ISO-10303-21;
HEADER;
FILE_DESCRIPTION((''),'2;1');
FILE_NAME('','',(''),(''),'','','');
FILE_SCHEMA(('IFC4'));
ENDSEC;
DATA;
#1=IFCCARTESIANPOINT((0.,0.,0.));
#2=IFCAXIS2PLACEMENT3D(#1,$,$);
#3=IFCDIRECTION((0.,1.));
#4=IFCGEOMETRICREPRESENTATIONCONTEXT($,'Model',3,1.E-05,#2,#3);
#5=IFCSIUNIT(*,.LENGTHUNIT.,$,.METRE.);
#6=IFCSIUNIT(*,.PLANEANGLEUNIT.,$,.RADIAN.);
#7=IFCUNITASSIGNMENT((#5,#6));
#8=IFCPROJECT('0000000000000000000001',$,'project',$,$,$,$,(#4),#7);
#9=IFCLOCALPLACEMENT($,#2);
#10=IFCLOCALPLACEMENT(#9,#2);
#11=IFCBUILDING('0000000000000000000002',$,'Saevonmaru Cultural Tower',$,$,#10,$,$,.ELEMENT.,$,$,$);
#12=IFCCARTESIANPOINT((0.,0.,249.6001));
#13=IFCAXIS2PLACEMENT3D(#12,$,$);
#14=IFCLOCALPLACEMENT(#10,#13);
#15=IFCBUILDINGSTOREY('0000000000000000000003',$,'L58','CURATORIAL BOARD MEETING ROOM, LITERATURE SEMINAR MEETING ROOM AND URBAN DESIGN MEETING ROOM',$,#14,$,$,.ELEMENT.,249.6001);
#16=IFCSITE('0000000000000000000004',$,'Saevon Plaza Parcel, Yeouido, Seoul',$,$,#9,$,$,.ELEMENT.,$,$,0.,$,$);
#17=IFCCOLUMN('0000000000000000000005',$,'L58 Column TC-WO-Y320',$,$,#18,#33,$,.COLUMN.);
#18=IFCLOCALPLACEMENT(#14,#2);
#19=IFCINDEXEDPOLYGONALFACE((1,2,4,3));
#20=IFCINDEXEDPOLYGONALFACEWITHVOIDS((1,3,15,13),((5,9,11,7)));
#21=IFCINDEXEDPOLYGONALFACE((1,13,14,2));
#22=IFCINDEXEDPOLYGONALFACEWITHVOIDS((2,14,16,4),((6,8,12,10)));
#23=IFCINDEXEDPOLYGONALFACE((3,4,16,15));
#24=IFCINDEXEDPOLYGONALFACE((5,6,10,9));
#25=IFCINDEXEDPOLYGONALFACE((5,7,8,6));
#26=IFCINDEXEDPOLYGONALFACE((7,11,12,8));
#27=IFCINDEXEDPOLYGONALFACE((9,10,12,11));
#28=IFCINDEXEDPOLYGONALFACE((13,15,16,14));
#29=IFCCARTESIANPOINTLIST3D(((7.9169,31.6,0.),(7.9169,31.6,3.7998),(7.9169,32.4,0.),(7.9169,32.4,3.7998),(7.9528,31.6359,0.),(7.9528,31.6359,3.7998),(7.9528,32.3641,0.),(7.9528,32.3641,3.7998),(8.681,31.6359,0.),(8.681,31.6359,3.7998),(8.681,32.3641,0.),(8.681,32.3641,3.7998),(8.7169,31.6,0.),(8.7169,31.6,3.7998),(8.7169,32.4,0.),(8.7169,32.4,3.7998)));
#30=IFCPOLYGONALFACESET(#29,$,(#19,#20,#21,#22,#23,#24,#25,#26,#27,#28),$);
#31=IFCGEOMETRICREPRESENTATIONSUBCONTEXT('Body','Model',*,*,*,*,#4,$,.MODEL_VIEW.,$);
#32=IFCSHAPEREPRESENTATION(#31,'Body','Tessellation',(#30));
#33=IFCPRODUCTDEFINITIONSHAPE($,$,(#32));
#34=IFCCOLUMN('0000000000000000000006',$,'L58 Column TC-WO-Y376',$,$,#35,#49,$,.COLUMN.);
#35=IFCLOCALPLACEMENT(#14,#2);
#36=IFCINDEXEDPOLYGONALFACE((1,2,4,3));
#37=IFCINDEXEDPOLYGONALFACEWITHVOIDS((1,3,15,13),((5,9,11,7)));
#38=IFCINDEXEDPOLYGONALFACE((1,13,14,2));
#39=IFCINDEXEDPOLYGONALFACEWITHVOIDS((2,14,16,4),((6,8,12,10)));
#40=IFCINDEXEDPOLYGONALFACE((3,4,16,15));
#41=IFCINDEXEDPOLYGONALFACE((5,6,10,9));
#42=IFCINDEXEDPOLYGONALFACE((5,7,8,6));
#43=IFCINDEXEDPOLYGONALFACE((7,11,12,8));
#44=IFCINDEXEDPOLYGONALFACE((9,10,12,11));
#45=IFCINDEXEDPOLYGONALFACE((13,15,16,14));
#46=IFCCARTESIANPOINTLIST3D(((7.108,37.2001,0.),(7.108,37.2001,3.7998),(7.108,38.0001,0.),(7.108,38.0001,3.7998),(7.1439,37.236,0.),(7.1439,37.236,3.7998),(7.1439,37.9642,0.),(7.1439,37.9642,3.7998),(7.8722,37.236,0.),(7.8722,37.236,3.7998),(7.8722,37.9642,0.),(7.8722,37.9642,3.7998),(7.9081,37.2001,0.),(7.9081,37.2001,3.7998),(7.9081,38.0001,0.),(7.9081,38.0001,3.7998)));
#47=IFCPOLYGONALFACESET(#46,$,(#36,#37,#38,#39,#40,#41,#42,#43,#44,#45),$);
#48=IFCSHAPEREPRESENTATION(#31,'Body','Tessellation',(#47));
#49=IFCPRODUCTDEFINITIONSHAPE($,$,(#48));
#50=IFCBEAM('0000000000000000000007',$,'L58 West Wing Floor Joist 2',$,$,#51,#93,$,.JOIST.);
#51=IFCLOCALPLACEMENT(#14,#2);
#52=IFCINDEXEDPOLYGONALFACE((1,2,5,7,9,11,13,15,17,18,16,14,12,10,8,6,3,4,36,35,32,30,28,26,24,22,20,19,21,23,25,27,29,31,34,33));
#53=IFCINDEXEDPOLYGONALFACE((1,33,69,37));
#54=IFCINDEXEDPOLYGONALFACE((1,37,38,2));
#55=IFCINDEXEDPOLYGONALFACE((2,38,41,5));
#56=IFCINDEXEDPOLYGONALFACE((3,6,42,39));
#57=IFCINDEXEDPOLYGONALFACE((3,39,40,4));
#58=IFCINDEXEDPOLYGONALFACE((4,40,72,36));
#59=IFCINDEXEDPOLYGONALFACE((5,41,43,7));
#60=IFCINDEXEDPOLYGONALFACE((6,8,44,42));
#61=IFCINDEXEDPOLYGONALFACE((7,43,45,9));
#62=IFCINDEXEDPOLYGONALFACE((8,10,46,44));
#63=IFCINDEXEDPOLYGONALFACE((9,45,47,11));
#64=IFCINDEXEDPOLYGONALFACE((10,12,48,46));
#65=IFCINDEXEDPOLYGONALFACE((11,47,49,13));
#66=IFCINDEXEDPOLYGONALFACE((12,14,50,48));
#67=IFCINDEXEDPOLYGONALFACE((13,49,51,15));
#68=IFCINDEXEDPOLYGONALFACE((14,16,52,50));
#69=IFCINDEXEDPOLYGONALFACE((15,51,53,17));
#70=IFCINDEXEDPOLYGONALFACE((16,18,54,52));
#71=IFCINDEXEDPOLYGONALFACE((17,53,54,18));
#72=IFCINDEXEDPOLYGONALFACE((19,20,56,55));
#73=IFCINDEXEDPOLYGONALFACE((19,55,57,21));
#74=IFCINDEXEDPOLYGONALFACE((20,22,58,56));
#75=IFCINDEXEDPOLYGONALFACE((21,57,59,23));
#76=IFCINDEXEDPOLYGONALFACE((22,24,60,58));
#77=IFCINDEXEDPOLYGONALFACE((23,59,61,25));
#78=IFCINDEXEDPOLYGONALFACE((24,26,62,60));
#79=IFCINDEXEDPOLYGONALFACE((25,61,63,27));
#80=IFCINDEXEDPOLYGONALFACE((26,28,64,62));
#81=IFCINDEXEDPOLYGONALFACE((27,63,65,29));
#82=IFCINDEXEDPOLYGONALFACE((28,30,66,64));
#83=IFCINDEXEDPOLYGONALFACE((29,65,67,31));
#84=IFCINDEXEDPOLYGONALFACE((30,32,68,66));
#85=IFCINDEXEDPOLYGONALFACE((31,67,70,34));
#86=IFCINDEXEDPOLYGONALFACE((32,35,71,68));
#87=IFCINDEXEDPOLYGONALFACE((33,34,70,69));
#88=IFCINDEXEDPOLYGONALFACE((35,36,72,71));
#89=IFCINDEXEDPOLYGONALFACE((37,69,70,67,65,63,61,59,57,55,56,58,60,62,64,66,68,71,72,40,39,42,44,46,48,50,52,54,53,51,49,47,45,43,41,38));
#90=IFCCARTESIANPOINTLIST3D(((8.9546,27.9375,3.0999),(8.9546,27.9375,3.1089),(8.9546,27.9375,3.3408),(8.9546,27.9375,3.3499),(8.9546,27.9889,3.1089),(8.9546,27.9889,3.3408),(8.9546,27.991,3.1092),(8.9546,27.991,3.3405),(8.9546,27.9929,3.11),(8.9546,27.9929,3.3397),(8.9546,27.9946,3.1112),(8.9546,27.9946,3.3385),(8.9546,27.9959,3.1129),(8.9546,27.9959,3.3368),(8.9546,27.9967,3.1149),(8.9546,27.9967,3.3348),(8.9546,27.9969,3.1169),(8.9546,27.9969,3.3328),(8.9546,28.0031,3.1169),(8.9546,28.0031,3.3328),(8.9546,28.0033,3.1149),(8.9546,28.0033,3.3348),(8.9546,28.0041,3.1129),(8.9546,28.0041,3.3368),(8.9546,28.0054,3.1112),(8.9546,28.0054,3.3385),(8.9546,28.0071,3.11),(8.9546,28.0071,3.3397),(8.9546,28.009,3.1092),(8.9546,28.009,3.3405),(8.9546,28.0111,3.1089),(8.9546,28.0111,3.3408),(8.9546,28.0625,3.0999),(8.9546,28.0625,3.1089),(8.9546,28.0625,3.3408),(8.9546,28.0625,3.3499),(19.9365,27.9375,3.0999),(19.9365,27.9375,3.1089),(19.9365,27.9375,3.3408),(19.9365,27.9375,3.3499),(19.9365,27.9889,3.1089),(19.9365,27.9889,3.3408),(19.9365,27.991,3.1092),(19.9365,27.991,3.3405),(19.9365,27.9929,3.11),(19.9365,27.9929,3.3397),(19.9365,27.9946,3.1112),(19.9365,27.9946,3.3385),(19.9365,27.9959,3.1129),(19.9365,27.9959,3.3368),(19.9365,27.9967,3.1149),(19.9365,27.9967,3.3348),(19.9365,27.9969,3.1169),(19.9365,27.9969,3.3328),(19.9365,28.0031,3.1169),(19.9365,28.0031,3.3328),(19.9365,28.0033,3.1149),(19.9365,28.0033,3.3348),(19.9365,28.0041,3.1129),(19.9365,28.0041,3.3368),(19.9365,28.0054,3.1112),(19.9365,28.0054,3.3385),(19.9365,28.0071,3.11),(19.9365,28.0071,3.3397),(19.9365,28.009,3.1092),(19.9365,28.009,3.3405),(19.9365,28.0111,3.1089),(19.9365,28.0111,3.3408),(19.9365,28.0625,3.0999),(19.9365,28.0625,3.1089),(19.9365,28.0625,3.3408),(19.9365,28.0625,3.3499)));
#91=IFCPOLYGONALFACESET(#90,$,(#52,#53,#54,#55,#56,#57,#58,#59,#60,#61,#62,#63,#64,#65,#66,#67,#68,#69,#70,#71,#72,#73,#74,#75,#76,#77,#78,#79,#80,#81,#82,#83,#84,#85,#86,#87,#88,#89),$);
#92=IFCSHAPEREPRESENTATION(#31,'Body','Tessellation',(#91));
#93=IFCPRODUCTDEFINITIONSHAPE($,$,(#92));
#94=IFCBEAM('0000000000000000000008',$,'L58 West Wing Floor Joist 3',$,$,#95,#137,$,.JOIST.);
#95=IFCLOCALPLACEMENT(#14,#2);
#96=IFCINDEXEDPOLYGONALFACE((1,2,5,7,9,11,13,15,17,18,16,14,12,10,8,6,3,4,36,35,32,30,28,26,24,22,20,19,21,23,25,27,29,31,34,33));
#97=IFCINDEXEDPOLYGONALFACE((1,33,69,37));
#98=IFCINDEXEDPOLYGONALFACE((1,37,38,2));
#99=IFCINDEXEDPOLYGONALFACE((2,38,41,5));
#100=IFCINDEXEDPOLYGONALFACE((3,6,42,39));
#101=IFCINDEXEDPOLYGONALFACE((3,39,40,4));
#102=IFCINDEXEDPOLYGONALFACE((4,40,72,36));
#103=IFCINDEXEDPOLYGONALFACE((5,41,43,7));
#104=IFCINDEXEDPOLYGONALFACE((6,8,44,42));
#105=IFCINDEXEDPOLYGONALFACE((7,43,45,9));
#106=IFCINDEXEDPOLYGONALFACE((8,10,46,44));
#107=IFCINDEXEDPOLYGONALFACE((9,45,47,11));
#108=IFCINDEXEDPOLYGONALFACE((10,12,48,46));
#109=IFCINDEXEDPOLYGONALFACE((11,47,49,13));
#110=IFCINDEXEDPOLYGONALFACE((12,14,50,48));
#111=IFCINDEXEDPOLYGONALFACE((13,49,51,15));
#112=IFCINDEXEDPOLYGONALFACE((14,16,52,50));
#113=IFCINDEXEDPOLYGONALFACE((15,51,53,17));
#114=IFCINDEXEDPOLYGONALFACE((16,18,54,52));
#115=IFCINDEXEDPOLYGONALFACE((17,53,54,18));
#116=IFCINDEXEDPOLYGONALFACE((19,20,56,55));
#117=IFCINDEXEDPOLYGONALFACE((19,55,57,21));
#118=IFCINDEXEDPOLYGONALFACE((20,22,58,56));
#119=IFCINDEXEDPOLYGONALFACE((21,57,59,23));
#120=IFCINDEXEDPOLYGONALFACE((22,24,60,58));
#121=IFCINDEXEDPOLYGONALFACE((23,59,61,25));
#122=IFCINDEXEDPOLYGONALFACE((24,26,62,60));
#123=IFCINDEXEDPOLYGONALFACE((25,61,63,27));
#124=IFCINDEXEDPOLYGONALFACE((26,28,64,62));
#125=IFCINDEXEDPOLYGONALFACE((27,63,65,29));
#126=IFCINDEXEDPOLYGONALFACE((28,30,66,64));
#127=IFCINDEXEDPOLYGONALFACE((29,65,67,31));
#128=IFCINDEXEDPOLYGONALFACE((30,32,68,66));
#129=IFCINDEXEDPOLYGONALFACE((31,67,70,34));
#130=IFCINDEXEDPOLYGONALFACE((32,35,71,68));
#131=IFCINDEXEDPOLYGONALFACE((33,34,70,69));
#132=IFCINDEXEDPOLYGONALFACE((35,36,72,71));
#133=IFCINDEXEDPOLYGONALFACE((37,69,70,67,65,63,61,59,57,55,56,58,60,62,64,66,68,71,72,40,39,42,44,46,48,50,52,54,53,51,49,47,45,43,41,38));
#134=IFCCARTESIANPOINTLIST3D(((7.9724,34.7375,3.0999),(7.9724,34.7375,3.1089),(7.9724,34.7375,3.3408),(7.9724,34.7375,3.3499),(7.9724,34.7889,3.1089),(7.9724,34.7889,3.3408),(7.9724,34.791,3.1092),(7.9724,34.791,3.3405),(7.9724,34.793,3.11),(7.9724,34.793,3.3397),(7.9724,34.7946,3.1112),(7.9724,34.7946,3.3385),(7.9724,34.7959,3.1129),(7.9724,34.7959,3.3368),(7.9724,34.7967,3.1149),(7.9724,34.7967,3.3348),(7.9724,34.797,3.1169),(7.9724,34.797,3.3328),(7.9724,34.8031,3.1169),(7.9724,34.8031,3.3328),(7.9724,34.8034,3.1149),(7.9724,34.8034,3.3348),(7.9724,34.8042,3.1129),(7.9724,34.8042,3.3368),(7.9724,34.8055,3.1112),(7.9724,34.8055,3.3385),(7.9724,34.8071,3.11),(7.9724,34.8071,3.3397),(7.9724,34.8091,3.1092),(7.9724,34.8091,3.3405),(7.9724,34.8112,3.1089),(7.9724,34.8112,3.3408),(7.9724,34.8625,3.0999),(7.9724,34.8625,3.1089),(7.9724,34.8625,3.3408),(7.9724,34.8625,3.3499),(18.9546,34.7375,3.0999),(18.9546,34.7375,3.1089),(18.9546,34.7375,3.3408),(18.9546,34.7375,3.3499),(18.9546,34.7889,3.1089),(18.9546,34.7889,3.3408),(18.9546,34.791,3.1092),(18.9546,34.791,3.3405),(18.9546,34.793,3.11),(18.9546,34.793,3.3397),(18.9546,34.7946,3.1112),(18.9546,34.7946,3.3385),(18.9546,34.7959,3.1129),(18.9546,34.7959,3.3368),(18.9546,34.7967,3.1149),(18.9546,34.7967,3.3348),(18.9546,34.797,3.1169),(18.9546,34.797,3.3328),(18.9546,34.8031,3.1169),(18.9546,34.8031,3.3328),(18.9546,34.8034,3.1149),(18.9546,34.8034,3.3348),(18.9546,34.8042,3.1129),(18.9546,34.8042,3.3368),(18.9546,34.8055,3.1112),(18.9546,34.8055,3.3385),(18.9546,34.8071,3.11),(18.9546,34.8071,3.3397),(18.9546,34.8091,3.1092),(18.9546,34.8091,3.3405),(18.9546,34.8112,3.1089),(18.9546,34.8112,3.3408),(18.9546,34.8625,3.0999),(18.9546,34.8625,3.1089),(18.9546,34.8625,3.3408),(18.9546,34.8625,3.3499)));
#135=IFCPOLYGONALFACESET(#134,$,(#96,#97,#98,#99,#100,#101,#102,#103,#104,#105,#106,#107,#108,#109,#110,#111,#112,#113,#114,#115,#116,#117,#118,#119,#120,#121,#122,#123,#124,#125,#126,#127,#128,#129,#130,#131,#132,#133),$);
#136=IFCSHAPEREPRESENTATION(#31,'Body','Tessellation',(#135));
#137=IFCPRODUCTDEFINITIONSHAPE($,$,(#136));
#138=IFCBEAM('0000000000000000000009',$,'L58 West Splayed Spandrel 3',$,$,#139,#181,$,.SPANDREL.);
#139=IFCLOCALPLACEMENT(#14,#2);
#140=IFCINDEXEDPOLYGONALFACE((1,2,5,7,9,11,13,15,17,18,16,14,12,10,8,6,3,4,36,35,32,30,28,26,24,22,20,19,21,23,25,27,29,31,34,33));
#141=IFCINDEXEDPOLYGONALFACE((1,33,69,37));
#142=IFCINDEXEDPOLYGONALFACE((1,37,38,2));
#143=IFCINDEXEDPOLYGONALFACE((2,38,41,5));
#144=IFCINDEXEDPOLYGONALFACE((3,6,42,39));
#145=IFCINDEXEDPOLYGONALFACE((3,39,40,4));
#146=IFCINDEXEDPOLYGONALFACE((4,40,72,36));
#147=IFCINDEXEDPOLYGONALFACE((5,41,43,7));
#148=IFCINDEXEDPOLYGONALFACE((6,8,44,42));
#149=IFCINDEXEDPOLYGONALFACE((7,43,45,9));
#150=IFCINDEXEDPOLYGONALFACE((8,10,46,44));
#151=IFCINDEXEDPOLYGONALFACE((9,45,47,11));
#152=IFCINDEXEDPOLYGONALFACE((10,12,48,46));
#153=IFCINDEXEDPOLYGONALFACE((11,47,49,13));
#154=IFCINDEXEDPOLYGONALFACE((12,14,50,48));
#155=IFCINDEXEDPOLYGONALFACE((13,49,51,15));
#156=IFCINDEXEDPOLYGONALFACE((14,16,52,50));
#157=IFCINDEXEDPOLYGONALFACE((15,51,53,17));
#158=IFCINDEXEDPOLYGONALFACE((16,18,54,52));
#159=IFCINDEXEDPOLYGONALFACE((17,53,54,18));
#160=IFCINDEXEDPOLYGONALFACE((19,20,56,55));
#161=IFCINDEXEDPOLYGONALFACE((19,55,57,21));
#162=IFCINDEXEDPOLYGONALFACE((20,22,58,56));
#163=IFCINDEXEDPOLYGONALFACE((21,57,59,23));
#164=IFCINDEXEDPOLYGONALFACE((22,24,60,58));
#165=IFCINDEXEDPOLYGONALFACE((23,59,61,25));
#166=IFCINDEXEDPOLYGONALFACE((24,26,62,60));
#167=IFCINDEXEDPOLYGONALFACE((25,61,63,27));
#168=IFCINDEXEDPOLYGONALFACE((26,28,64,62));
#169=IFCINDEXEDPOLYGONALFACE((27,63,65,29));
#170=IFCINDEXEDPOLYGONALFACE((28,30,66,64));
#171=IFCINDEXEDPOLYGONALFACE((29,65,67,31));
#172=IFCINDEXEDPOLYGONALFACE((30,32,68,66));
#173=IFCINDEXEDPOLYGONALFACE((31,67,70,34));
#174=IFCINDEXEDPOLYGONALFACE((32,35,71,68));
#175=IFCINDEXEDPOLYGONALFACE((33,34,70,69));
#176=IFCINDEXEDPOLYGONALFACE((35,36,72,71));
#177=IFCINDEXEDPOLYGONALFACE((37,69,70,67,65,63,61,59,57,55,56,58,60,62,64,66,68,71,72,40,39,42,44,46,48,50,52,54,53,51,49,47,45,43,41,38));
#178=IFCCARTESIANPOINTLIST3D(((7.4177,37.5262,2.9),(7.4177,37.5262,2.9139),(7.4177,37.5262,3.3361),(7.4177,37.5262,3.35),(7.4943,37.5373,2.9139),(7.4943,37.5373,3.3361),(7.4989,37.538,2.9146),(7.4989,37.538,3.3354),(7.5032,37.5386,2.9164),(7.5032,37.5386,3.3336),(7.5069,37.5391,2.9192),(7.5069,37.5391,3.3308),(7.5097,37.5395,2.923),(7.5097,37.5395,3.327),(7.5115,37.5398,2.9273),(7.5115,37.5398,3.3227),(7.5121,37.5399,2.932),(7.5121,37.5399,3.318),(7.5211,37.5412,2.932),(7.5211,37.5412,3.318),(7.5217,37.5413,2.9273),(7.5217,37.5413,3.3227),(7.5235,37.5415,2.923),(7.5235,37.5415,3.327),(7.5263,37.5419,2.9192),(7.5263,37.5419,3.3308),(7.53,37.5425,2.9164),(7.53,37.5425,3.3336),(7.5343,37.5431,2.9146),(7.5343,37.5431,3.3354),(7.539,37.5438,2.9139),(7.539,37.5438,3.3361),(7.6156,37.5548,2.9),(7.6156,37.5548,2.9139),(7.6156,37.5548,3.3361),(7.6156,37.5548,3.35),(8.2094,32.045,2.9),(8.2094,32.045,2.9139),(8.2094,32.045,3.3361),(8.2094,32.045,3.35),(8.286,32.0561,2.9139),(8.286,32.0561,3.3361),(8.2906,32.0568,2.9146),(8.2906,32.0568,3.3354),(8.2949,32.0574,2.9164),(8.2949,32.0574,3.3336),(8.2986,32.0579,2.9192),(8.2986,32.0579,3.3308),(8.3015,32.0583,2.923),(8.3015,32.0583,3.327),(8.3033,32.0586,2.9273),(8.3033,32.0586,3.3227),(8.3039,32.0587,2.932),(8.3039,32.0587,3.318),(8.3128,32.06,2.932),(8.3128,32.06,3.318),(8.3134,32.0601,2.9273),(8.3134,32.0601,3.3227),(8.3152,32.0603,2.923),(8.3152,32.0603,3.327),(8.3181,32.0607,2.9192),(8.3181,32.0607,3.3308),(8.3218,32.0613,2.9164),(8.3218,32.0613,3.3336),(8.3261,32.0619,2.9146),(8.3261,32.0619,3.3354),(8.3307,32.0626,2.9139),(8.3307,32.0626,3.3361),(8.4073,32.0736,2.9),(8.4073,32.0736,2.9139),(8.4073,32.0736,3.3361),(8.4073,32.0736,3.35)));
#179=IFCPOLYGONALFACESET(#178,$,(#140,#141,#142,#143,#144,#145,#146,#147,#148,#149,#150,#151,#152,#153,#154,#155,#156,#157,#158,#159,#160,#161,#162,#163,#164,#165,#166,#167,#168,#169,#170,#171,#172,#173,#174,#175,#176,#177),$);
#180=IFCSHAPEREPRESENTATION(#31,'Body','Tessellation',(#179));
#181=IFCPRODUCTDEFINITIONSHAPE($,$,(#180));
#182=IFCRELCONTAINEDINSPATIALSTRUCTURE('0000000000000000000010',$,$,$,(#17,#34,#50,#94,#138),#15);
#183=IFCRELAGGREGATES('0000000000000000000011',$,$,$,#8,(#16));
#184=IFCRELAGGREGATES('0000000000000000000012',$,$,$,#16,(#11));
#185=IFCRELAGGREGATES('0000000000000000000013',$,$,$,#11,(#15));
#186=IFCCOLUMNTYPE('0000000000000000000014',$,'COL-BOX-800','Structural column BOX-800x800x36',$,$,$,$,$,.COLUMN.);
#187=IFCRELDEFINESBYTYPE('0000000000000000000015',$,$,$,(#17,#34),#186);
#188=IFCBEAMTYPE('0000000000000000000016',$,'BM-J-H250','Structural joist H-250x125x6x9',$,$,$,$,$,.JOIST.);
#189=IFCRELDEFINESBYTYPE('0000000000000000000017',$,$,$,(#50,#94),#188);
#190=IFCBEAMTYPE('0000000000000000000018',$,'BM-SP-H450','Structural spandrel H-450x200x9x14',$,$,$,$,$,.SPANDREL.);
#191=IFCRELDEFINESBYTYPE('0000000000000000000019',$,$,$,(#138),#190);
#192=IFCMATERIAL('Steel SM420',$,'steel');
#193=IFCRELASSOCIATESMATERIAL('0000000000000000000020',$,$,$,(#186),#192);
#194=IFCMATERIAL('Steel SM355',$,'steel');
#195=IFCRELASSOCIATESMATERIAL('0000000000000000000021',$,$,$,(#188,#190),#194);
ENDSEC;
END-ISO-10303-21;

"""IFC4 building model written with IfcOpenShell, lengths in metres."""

from ifc_helpers import new_model, si_unit, direction, frame, origin, origin_2d, place, context, subcontext, project, spatial, hollow_rectangle, i_section, extrude, material, material_profile, profile_set, type_object, element, save


model = new_model("IFC4")

# Units and contexts
model_context = context("Model", 3, precision=1e-05, world=origin(), true_north=direction((0.0, 1.0)))
body_context = subcontext(model_context, "Body", "Model", "MODEL_VIEW")
ifc_project = project(units=[si_unit("LENGTHUNIT", "METRE"), si_unit("PLANEANGLEUNIT", "RADIAN")], contexts=[model_context])

# Site, building, storey
site_placement = place(None, origin())
site = spatial("IfcSite", under=ifc_project, at=site_placement, Name="Saevon Plaza Parcel, Yeouido, Seoul", CompositionType="ELEMENT", RefElevation=0.0)
building_placement = place(site_placement, origin())
building = spatial("IfcBuilding", under=site, at=building_placement, Name="Saevonmaru Cultural Tower", CompositionType="ELEMENT")
storey_placement = place(building_placement, frame((0.0, 0.0, 249.6001)))
storey = spatial("IfcBuildingStorey", under=building, at=storey_placement, Name="L58", Description="CURATORIAL BOARD MEETING ROOM, LITERATURE SEMINAR MEETING ROOM AND URBAN DESIGN MEETING ROOM", CompositionType="ELEMENT", Elevation=249.6001)

# Columns
ifc_material_1 = material(Name="Steel SM420", Category="steel")
ifc_material_profile_1 = material_profile(ifc_material_1, hollow_rectangle(XDim=0.8, YDim=0.8, WallThickness=0.0359, at=origin_2d()), Name="BOX-800x800x36")
ifc_profile_set_1 = profile_set([ifc_material_profile_1], Name="Steel SM420")
column_type = type_object("IfcColumnType", Name="COL-BOX-800", Description="Structural column BOX-800x800x36", PredefinedType="COLUMN", material=ifc_profile_set_1)
for number, where, z_axis, x_axis, name in (
    (1, (8.3169, 32.0, 0.0), (0.0, 0.0, 1.0), (1.0, 0.0, 0.0), "L58 Column TC-WO-Y320"),
    (2, (7.5081, 37.6001, 0.0), (0.0, 0.0, 1.0), (1.0, 0.0, 0.0), "L58 Column TC-WO-Y376"),
):
    element("IfcColumn", number, at=place(storey_placement, frame(where, z_axis=z_axis, x_axis=x_axis)), inside=storey, type_object=column_type, Name=name, PredefinedType="COLUMN", context=body_context, shape_type="SweptSolid", body=[
        extrude(hollow_rectangle(XDim=0.8, YDim=0.8, WallThickness=0.0359, at=origin_2d()), origin(), (0.0, 0.0, 1.0), 3.7998),
    ])

# Beams
ifc_material_2 = material(Name="Steel SM355", Category="steel")
ifc_material_profile_2 = material_profile(ifc_material_2, i_section(OverallWidth=0.125, OverallDepth=0.25, WebThickness=0.0061, FlangeThickness=0.009, FilletRadius=0.0081, at=origin_2d()), Name="H-250x125x6x9")
ifc_profile_set_2 = profile_set([ifc_material_profile_2], Name="Steel SM355")
beam_type_1 = type_object("IfcBeamType", Name="BM-J-H250", Description="Structural joist H-250x125x6x9", PredefinedType="JOIST", material=ifc_profile_set_2)
beam_1_placement = place(storey_placement, frame((8.9546, 28.0, 3.2249), z_axis=(1.0, 0.0, 0.0), x_axis=(0.0, 1.0, 0.0)))
element("IfcBeam", 3, at=beam_1_placement, inside=storey, type_object=beam_type_1, Name="L58 West Wing Floor Joist 2", PredefinedType="JOIST", context=body_context, shape_type="SweptSolid", body=[
    extrude(i_section(OverallWidth=0.125, OverallDepth=0.25, WebThickness=0.0061, FlangeThickness=0.009, FilletRadius=0.0081, at=origin_2d()), origin(), (0.0, 0.0, 1.0), 10.9819),
])
beam_2_placement = place(storey_placement, frame((7.9724, 34.8, 3.2249), z_axis=(1.0, 0.0, 0.0), x_axis=(0.0, 1.0, 0.0)))
element("IfcBeam", 4, at=beam_2_placement, inside=storey, type_object=beam_type_1, Name="L58 West Wing Floor Joist 3", PredefinedType="JOIST", context=body_context, shape_type="SweptSolid", body=[
    extrude(i_section(OverallWidth=0.125, OverallDepth=0.25, WebThickness=0.0061, FlangeThickness=0.009, FilletRadius=0.0081, at=origin_2d()), origin(), (0.0, 0.0, 1.0), 10.9822),
])
ifc_material_profile_3 = material_profile(ifc_material_2, i_section(OverallWidth=0.2, OverallDepth=0.45, WebThickness=0.009, FlangeThickness=0.0139, FilletRadius=0.0181, at=origin_2d()), Name="H-450x200x9x14")
ifc_profile_set_3 = profile_set([ifc_material_profile_3], Name="Steel SM355")
beam_type_2 = type_object("IfcBeamType", Name="BM-SP-H450", Description="Structural spandrel H-450x200x9x14", PredefinedType="SPANDREL", material=ifc_profile_set_3)
beam_3_placement = place(storey_placement, frame((8.3083, 32.0593, 3.125), z_axis=(-0.142964, 0.989728, 0.0), x_axis=(-0.989728, -0.142964, 0.0)))
element("IfcBeam", 5, at=beam_3_placement, inside=storey, type_object=beam_type_2, Name="L58 West Splayed Spandrel 3", PredefinedType="SPANDREL", context=body_context, shape_type="SweptSolid", body=[
    extrude(i_section(OverallWidth=0.2, OverallDepth=0.45, WebThickness=0.009, FlangeThickness=0.0139, FilletRadius=0.0181, at=origin_2d()), origin(), (0.0, 0.0, 1.0), 5.5381),
])

save(model, "model.ifc")
